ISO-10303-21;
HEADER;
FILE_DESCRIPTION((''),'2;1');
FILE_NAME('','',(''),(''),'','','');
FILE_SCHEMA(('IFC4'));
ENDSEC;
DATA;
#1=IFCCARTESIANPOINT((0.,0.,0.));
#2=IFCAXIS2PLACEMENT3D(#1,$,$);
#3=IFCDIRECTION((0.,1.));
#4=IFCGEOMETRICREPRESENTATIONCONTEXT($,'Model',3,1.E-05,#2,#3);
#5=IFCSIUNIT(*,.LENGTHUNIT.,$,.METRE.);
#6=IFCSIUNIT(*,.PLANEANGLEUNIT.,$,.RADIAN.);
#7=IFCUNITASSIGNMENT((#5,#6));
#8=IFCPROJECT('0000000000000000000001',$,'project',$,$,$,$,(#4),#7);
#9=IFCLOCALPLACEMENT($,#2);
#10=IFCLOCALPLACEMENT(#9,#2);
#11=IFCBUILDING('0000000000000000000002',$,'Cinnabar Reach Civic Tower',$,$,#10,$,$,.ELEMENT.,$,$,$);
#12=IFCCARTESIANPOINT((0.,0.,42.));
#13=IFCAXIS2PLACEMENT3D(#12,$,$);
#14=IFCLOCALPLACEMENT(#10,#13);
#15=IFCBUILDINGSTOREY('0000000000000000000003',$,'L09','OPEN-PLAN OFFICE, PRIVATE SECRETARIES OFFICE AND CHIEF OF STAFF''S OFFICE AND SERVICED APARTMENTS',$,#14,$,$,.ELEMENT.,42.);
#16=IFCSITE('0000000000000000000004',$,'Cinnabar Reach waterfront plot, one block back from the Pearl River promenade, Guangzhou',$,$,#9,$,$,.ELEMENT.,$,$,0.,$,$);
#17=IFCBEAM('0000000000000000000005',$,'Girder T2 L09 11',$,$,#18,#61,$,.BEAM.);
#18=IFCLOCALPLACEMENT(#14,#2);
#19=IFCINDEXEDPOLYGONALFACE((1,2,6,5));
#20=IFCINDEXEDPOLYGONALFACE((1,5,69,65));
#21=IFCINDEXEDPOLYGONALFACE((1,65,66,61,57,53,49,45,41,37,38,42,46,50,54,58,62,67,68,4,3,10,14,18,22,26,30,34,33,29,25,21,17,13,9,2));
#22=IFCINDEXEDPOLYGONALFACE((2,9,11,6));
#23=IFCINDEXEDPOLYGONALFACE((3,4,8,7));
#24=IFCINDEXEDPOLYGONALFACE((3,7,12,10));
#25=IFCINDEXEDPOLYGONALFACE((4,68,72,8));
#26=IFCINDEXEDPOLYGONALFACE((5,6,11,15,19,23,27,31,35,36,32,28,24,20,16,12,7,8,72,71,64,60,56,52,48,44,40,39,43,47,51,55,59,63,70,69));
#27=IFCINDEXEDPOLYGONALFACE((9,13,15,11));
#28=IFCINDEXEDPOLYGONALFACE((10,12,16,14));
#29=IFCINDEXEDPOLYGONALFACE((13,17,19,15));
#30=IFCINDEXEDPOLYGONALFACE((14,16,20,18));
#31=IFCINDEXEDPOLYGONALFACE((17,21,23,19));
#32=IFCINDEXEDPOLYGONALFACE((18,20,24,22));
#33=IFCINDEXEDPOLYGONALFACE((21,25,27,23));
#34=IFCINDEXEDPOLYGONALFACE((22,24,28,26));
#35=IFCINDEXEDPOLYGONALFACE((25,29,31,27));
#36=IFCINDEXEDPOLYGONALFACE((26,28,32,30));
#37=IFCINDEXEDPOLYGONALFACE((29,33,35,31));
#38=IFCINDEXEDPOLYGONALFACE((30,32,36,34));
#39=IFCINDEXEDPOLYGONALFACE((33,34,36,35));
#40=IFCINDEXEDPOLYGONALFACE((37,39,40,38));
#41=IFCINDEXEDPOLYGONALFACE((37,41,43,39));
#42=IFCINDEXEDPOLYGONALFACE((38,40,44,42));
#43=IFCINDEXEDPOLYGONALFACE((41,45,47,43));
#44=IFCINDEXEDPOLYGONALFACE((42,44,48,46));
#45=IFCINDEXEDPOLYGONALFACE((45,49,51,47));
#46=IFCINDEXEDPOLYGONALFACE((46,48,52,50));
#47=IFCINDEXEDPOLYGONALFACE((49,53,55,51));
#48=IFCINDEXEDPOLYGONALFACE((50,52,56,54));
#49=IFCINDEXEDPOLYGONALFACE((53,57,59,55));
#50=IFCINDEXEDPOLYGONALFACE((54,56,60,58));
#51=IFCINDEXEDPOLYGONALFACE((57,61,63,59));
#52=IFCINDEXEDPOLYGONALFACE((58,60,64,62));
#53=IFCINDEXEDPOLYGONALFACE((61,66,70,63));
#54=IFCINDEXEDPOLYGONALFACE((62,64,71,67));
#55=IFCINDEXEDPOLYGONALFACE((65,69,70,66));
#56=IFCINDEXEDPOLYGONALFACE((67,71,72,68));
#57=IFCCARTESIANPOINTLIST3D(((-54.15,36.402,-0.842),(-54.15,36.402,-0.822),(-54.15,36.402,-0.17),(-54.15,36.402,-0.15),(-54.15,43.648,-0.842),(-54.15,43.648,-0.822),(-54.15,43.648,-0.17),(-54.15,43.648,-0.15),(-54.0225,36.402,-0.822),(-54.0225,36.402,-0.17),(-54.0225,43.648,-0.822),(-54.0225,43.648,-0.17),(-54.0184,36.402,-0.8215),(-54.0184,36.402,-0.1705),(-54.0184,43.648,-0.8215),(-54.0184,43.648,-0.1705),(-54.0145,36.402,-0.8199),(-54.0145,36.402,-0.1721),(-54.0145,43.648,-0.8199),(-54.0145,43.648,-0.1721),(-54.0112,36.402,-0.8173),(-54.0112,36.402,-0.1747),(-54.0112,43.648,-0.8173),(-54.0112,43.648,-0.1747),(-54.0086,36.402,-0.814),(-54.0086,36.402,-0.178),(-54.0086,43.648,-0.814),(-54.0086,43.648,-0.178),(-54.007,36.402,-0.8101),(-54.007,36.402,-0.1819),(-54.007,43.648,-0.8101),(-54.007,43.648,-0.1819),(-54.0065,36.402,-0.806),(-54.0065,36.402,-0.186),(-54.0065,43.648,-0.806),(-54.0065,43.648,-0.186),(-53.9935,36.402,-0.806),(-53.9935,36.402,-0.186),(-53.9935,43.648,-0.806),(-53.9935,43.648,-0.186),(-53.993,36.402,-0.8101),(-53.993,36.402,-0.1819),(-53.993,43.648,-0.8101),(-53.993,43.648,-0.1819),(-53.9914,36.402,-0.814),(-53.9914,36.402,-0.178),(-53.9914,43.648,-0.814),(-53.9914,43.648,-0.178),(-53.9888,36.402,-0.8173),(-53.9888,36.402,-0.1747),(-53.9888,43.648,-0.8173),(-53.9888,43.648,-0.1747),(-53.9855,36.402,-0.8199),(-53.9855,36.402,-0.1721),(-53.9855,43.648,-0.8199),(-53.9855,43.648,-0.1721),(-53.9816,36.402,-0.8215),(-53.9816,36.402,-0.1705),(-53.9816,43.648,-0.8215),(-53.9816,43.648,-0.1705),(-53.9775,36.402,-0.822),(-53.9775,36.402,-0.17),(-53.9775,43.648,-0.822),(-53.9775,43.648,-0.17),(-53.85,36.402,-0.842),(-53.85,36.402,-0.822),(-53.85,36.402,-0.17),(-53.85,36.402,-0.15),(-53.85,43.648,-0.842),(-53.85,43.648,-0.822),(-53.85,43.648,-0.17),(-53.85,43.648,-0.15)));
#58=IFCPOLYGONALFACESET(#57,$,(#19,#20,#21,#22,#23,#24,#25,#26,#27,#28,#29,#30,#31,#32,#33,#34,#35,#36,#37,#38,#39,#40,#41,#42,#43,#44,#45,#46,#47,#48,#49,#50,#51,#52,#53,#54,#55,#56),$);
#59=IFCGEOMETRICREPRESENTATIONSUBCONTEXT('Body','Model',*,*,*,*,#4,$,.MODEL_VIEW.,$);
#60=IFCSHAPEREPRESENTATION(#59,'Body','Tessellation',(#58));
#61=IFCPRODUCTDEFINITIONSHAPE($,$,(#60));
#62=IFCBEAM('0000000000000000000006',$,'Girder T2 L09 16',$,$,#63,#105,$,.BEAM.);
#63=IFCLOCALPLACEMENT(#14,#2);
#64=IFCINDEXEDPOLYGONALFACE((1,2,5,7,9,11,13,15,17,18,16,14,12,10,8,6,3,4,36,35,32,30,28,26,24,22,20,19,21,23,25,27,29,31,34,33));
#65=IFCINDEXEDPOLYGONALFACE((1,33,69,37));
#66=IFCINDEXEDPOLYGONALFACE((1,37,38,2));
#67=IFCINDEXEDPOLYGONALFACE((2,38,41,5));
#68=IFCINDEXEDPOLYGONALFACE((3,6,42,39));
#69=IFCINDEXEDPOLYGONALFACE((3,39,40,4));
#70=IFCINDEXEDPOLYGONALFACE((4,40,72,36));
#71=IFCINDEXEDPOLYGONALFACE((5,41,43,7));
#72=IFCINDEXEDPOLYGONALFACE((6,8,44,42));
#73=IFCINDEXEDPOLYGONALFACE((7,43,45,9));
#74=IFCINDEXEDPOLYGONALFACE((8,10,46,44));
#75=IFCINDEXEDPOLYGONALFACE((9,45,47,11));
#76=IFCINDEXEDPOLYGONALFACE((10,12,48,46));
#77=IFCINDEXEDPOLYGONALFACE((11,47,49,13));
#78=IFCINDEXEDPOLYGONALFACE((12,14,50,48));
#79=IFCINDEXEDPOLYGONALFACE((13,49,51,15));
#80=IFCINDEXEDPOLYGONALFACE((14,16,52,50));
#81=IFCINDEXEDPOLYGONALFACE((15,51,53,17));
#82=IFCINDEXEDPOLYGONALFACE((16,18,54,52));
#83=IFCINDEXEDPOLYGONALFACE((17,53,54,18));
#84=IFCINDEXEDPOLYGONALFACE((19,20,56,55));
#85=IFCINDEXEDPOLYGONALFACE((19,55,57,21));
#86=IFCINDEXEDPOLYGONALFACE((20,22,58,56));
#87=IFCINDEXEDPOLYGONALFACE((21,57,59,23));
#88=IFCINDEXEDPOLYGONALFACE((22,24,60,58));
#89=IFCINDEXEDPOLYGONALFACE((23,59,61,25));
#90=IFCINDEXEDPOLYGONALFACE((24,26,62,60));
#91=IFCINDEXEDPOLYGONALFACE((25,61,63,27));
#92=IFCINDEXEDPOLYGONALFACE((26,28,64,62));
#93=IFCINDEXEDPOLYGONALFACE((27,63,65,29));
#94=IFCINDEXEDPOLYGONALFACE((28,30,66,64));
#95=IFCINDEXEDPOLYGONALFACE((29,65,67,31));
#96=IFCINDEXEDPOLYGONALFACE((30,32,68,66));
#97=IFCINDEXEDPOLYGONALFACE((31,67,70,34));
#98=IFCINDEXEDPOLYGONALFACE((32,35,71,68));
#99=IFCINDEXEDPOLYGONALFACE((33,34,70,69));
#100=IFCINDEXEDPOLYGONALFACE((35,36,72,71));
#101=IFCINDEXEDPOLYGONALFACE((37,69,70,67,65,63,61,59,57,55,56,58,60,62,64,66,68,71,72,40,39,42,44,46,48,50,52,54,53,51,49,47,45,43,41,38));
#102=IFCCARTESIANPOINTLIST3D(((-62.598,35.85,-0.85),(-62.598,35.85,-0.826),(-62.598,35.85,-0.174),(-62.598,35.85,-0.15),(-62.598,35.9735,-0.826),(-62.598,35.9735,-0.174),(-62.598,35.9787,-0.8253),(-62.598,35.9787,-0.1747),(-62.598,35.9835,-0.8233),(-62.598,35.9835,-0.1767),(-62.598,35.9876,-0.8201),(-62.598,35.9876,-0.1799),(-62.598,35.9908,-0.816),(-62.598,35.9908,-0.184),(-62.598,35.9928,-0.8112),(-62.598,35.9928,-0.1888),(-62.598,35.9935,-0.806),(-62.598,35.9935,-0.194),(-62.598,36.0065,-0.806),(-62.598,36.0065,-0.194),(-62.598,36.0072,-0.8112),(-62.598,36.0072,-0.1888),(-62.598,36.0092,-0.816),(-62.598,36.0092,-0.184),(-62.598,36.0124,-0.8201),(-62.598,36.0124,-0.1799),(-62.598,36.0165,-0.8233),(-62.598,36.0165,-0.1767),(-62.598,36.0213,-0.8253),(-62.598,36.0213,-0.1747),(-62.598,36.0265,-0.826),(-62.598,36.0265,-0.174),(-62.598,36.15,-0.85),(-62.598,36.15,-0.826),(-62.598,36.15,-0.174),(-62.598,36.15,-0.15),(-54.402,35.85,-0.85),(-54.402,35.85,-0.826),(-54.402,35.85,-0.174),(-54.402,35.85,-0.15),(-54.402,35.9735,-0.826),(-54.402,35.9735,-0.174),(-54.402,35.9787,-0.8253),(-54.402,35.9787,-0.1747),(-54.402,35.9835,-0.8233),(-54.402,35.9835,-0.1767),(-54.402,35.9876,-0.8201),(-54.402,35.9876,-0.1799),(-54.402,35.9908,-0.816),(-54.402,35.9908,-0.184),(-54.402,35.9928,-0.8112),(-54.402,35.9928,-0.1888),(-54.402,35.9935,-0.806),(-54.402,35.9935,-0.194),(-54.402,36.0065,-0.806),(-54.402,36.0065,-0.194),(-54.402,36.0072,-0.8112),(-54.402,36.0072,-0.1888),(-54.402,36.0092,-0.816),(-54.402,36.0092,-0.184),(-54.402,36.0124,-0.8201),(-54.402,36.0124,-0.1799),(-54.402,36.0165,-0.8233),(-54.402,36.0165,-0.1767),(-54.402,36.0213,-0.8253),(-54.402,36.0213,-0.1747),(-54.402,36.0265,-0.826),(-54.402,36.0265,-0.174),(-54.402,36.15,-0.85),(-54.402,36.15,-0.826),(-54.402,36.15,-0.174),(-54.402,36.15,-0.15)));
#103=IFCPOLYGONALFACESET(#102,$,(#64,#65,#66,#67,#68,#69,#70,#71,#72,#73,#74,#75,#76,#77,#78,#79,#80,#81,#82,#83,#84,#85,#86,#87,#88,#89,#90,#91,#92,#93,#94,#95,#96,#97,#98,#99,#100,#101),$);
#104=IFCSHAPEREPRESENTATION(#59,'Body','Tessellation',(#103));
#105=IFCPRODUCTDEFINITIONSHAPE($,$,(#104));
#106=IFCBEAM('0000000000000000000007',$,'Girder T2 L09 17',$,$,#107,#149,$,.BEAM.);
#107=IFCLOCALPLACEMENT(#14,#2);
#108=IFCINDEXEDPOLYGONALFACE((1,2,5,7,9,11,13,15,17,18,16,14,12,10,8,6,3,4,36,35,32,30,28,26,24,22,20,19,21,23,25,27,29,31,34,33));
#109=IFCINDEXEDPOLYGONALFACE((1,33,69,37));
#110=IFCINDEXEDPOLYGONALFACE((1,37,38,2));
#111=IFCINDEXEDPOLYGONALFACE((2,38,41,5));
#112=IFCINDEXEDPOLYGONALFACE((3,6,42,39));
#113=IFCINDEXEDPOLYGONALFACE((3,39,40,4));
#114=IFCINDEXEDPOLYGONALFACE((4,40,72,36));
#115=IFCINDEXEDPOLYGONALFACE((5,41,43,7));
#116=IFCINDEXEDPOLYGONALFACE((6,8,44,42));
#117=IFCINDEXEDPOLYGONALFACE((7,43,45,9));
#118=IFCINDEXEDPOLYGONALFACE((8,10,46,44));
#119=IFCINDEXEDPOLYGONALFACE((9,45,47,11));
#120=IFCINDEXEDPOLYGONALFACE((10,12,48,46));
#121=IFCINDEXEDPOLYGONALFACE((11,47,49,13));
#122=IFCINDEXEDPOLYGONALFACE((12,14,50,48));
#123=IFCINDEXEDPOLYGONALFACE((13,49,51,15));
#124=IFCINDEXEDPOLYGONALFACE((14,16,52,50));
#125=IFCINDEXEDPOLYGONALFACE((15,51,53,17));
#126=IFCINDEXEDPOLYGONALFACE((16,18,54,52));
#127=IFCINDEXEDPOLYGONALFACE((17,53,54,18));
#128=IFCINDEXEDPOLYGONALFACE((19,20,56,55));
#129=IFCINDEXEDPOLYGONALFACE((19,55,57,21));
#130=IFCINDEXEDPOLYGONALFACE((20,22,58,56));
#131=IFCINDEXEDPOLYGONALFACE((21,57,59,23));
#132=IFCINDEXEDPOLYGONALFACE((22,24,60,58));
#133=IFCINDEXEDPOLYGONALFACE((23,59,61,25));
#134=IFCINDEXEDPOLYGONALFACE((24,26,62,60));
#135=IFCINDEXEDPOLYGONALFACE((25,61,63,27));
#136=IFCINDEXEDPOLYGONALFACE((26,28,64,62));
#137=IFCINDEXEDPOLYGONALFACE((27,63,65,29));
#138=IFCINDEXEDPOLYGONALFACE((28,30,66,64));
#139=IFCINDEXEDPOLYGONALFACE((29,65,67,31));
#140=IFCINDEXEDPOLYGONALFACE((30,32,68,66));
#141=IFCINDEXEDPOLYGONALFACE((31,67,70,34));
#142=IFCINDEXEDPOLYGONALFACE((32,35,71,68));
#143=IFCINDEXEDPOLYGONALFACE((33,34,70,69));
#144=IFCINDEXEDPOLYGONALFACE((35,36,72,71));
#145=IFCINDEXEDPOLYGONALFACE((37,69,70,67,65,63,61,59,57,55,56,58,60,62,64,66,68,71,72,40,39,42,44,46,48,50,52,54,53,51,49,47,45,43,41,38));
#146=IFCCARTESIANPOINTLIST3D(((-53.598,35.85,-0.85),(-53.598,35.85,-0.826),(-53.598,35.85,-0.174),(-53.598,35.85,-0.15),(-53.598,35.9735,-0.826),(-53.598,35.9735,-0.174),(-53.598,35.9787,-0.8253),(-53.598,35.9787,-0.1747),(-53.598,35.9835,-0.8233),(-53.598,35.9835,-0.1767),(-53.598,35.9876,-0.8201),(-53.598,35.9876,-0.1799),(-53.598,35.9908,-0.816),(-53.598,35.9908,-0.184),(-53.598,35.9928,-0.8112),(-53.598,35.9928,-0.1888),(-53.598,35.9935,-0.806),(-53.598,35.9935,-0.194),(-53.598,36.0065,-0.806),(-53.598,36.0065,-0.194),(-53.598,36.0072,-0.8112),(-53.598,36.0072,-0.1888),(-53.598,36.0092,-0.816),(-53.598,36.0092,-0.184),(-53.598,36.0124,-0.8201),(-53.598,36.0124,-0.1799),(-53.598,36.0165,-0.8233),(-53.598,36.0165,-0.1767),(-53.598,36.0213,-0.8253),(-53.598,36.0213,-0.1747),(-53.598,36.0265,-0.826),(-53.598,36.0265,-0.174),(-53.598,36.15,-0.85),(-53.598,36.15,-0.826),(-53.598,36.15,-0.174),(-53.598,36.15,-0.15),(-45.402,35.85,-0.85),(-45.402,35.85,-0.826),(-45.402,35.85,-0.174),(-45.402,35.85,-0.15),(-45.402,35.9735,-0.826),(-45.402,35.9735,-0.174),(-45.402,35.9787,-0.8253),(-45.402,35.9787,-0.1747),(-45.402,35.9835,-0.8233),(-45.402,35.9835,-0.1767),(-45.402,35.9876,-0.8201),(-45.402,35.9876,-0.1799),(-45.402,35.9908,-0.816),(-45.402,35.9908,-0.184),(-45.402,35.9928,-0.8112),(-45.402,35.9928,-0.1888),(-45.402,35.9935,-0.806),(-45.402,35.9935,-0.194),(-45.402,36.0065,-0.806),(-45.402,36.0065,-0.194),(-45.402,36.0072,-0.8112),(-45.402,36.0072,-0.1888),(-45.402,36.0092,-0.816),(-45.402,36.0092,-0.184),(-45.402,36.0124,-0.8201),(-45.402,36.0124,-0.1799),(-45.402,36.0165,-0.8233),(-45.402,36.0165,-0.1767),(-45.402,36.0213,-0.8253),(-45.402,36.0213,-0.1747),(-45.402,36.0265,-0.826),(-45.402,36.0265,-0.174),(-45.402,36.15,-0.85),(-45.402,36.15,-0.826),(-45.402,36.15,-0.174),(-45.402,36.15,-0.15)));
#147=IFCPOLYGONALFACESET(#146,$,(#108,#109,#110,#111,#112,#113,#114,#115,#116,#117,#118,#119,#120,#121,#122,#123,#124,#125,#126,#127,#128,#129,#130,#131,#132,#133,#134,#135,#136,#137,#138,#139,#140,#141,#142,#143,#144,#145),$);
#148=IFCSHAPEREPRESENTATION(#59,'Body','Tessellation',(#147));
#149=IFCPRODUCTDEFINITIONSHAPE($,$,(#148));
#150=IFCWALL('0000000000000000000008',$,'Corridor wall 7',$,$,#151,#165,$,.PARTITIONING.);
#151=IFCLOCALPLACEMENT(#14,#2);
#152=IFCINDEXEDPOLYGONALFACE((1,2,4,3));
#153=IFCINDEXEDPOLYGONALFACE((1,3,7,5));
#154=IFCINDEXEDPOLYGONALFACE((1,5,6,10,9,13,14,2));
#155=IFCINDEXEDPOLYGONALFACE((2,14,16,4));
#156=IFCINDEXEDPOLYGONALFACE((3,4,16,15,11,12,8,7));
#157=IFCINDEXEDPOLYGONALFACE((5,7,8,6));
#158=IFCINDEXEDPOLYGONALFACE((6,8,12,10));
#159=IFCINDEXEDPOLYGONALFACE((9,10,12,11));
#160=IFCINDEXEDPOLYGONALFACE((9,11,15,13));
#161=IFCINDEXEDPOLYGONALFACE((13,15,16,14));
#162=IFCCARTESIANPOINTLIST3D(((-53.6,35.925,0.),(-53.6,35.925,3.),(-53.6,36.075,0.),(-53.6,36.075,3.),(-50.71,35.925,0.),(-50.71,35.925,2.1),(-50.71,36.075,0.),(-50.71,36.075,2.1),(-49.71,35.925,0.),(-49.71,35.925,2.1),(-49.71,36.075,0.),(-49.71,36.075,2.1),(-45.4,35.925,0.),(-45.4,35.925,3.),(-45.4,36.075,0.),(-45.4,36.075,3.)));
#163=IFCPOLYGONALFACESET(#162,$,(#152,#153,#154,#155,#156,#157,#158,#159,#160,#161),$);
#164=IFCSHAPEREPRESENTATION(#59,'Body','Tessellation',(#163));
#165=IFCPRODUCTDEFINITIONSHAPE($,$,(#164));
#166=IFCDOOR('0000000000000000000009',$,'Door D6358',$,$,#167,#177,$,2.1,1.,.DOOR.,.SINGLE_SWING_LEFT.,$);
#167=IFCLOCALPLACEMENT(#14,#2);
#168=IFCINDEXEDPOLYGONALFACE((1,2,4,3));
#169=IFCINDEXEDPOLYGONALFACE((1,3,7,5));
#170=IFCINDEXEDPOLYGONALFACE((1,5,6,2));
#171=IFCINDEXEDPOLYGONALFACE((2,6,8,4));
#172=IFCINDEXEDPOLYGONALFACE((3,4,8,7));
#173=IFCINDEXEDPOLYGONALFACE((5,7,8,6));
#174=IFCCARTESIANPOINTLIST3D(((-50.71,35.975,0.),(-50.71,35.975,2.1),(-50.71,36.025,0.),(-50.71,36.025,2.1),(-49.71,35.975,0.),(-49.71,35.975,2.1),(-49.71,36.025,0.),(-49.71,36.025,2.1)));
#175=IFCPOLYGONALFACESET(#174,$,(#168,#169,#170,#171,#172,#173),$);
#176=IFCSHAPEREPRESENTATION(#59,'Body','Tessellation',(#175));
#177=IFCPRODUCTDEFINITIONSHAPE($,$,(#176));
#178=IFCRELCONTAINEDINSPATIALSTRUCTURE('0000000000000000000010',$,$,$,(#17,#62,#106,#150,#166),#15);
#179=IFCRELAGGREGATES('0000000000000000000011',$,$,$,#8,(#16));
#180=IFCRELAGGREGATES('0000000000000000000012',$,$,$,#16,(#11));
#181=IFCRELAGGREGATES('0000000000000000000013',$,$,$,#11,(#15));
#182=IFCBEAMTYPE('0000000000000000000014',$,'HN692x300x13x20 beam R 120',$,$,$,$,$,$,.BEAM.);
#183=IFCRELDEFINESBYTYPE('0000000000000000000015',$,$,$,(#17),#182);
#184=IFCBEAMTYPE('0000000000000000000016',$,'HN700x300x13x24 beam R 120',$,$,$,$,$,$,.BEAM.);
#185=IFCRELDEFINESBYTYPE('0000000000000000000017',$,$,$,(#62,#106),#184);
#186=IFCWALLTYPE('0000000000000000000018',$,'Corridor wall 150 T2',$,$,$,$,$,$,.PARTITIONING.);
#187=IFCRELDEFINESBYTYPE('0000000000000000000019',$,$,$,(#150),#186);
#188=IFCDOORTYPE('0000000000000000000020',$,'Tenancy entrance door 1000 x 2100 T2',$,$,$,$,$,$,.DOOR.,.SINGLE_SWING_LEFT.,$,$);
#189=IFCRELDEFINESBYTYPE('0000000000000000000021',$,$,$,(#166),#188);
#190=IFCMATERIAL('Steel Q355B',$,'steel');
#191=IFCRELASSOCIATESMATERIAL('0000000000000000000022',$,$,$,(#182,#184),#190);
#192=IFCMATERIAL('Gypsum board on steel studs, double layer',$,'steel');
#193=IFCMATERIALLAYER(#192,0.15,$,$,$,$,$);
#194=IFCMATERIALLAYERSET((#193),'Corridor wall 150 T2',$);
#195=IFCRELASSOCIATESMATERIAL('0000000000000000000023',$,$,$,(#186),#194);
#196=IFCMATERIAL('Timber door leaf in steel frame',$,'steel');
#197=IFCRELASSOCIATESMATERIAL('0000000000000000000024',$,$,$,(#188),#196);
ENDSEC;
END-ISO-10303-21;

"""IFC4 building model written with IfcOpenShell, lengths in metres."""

from ifc_helpers import new_model, si_unit, direction, frame, frame_2d, origin, origin_2d, place, context, subcontext, project, spatial, rectangle, i_section, extrude, material, layer, layer_set, material_profile, profile_set, type_object, element, fill, save


model = new_model("IFC4")

# Units and contexts
model_context = context("Model", 3, precision=1e-05, world=origin(), true_north=direction((0.0, 1.0)))
body_context = subcontext(model_context, "Body", "Model", "MODEL_VIEW")
ifc_project = project(units=[si_unit("LENGTHUNIT", "METRE"), si_unit("PLANEANGLEUNIT", "RADIAN")], contexts=[model_context])

# Site, building, storey
site_placement = place(None, origin())
site = spatial("IfcSite", under=ifc_project, at=site_placement, Name="Cinnabar Reach waterfront plot, one block back from the Pearl River promenade, Guangzhou", CompositionType="ELEMENT", RefElevation=0.0)
building_placement = place(site_placement, origin())
building = spatial("IfcBuilding", under=site, at=building_placement, Name="Cinnabar Reach Civic Tower", CompositionType="ELEMENT")
storey_placement = place(building_placement, frame((0.0, 0.0, 42.0)))
storey = spatial("IfcBuildingStorey", under=building, at=storey_placement, Name="L09", Description="OPEN-PLAN OFFICE, PRIVATE SECRETARIES OFFICE AND CHIEF OF STAFF'S OFFICE AND SERVICED APARTMENTS", CompositionType="ELEMENT", Elevation=42.0)

# Beams
ifc_material_1 = material(Name="Steel Q355B", Category="steel")
ifc_material_profile_1 = material_profile(ifc_material_1, i_section(OverallWidth=0.3, OverallDepth=0.692, WebThickness=0.013, FlangeThickness=0.02, FilletRadius=0.016, at=origin_2d()), Name="HN692x300x13x20")
ifc_profile_set_1 = profile_set([ifc_material_profile_1], Name="Steel Q355B")
beam_type_1 = type_object("IfcBeamType", Name="HN692x300x13x20 beam R 120", PredefinedType="BEAM", material=ifc_profile_set_1)
beam_1_placement = place(storey_placement, frame((-54.0, 36.402, -0.496), z_axis=(0.0, 1.0, 0.0), x_axis=(-1.0, 0.0, 0.0)))
element("IfcBeam", 1, at=beam_1_placement, inside=storey, type_object=beam_type_1, Name="Girder T2 L09 11", PredefinedType="BEAM", context=body_context, shape_type="SweptSolid", body=[
    extrude(i_section(OverallWidth=0.3, OverallDepth=0.692, WebThickness=0.013, FlangeThickness=0.02, FilletRadius=0.016, at=origin_2d()), origin(), (0.0, 0.0, 1.0), 7.246),
])
ifc_material_profile_2 = material_profile(ifc_material_1, i_section(OverallWidth=0.3, OverallDepth=0.7, WebThickness=0.013, FlangeThickness=0.024, FilletRadius=0.02, at=origin_2d()), Name="HN700x300x13x24")
ifc_profile_set_2 = profile_set([ifc_material_profile_2], Name="Steel Q355B")
beam_type_2 = type_object("IfcBeamType", Name="HN700x300x13x24 beam R 120", PredefinedType="BEAM", material=ifc_profile_set_2)
for number, where, z_axis, x_axis, name in (
    (2, (-62.598, 36.0, -0.5), (1.0, 0.0, 0.0), (0.0, 1.0, 0.0), "Girder T2 L09 16"),
    (3, (-53.598, 36.0, -0.5), (1.0, 0.0, 0.0), (0.0, 1.0, 0.0), "Girder T2 L09 17"),
):
    element("IfcBeam", number, at=place(storey_placement, frame(where, z_axis=z_axis, x_axis=x_axis)), inside=storey, type_object=beam_type_2, Name=name, PredefinedType="BEAM", context=body_context, shape_type="SweptSolid", body=[
        extrude(i_section(OverallWidth=0.3, OverallDepth=0.7, WebThickness=0.013, FlangeThickness=0.024, FilletRadius=0.02, at=origin_2d()), origin(), (0.0, 0.0, 1.0), 8.196),
    ])

# Wall, opening, door
ifc_material_2 = material(Name="Gypsum board on steel studs, double layer", Category="steel")
ifc_layer_1 = layer(ifc_material_2, 0.15)
ifc_layer_set_1 = layer_set([ifc_layer_1], Name="Corridor wall 150 T2")
wall_type_1 = type_object("IfcWallType", Name="Corridor wall 150 T2", PredefinedType="PARTITIONING", material=ifc_layer_set_1)
wall_1_placement = place(storey_placement, frame((-53.6, 36.0, 0.0), z_axis=(0.0, 0.0, 1.0), x_axis=(1.0, 0.0, 0.0)))
wall_1 = element("IfcWall", 4, at=wall_1_placement, inside=storey, type_object=wall_type_1, Name="Corridor wall 7", PredefinedType="PARTITIONING", context=body_context, shape_type="SweptSolid", body=[
    extrude(rectangle(XDim=8.2, YDim=0.15, at=frame_2d((4.1, 0.0))), origin(), (0.0, 0.0, 1.0), 3.0),
])
opening_1_placement = place(wall_1_placement, frame((2.89, 0.0, 0.0)))
opening_1 = element("IfcOpeningElement", 5, at=opening_1_placement, cuts=wall_1, PredefinedType="OPENING", context=body_context, shape_type="SweptSolid", body=[
    extrude(rectangle(XDim=1.0, YDim=2.1, at=frame_2d((0.5, 1.05))), frame((0.0, 0.085, 0.0), z_axis=(0.0, -1.0, 0.0), x_axis=(1.0, 0.0, 0.0)), (0.0, 0.0, 1.0), 0.17),
])
ifc_material_3 = material(Name="Timber door leaf in steel frame", Category="steel")
door_type_1 = type_object("IfcDoorType", Name="Tenancy entrance door 1000 x 2100 T2", OperationType="SINGLE_SWING_LEFT", PredefinedType="DOOR", material=ifc_material_3)
door_1_placement = place(opening_1_placement, origin())
door_1 = element("IfcDoor", 6, at=door_1_placement, inside=storey, type_object=door_type_1, Name="Door D6358", OperationType="SINGLE_SWING_LEFT", OverallHeight=2.1, OverallWidth=1.0, PredefinedType="DOOR", context=body_context, shape_type="SweptSolid", body=[
    extrude(rectangle(XDim=1.0, YDim=2.1, at=frame_2d((0.5, 1.05))), frame((0.0, 0.025, 0.0), z_axis=(0.0, -1.0, 0.0), x_axis=(1.0, 0.0, 0.0)), (0.0, 0.0, 1.0), 0.05),
])
fill(opening_1, door_1)

save(model, "model.ifc")
